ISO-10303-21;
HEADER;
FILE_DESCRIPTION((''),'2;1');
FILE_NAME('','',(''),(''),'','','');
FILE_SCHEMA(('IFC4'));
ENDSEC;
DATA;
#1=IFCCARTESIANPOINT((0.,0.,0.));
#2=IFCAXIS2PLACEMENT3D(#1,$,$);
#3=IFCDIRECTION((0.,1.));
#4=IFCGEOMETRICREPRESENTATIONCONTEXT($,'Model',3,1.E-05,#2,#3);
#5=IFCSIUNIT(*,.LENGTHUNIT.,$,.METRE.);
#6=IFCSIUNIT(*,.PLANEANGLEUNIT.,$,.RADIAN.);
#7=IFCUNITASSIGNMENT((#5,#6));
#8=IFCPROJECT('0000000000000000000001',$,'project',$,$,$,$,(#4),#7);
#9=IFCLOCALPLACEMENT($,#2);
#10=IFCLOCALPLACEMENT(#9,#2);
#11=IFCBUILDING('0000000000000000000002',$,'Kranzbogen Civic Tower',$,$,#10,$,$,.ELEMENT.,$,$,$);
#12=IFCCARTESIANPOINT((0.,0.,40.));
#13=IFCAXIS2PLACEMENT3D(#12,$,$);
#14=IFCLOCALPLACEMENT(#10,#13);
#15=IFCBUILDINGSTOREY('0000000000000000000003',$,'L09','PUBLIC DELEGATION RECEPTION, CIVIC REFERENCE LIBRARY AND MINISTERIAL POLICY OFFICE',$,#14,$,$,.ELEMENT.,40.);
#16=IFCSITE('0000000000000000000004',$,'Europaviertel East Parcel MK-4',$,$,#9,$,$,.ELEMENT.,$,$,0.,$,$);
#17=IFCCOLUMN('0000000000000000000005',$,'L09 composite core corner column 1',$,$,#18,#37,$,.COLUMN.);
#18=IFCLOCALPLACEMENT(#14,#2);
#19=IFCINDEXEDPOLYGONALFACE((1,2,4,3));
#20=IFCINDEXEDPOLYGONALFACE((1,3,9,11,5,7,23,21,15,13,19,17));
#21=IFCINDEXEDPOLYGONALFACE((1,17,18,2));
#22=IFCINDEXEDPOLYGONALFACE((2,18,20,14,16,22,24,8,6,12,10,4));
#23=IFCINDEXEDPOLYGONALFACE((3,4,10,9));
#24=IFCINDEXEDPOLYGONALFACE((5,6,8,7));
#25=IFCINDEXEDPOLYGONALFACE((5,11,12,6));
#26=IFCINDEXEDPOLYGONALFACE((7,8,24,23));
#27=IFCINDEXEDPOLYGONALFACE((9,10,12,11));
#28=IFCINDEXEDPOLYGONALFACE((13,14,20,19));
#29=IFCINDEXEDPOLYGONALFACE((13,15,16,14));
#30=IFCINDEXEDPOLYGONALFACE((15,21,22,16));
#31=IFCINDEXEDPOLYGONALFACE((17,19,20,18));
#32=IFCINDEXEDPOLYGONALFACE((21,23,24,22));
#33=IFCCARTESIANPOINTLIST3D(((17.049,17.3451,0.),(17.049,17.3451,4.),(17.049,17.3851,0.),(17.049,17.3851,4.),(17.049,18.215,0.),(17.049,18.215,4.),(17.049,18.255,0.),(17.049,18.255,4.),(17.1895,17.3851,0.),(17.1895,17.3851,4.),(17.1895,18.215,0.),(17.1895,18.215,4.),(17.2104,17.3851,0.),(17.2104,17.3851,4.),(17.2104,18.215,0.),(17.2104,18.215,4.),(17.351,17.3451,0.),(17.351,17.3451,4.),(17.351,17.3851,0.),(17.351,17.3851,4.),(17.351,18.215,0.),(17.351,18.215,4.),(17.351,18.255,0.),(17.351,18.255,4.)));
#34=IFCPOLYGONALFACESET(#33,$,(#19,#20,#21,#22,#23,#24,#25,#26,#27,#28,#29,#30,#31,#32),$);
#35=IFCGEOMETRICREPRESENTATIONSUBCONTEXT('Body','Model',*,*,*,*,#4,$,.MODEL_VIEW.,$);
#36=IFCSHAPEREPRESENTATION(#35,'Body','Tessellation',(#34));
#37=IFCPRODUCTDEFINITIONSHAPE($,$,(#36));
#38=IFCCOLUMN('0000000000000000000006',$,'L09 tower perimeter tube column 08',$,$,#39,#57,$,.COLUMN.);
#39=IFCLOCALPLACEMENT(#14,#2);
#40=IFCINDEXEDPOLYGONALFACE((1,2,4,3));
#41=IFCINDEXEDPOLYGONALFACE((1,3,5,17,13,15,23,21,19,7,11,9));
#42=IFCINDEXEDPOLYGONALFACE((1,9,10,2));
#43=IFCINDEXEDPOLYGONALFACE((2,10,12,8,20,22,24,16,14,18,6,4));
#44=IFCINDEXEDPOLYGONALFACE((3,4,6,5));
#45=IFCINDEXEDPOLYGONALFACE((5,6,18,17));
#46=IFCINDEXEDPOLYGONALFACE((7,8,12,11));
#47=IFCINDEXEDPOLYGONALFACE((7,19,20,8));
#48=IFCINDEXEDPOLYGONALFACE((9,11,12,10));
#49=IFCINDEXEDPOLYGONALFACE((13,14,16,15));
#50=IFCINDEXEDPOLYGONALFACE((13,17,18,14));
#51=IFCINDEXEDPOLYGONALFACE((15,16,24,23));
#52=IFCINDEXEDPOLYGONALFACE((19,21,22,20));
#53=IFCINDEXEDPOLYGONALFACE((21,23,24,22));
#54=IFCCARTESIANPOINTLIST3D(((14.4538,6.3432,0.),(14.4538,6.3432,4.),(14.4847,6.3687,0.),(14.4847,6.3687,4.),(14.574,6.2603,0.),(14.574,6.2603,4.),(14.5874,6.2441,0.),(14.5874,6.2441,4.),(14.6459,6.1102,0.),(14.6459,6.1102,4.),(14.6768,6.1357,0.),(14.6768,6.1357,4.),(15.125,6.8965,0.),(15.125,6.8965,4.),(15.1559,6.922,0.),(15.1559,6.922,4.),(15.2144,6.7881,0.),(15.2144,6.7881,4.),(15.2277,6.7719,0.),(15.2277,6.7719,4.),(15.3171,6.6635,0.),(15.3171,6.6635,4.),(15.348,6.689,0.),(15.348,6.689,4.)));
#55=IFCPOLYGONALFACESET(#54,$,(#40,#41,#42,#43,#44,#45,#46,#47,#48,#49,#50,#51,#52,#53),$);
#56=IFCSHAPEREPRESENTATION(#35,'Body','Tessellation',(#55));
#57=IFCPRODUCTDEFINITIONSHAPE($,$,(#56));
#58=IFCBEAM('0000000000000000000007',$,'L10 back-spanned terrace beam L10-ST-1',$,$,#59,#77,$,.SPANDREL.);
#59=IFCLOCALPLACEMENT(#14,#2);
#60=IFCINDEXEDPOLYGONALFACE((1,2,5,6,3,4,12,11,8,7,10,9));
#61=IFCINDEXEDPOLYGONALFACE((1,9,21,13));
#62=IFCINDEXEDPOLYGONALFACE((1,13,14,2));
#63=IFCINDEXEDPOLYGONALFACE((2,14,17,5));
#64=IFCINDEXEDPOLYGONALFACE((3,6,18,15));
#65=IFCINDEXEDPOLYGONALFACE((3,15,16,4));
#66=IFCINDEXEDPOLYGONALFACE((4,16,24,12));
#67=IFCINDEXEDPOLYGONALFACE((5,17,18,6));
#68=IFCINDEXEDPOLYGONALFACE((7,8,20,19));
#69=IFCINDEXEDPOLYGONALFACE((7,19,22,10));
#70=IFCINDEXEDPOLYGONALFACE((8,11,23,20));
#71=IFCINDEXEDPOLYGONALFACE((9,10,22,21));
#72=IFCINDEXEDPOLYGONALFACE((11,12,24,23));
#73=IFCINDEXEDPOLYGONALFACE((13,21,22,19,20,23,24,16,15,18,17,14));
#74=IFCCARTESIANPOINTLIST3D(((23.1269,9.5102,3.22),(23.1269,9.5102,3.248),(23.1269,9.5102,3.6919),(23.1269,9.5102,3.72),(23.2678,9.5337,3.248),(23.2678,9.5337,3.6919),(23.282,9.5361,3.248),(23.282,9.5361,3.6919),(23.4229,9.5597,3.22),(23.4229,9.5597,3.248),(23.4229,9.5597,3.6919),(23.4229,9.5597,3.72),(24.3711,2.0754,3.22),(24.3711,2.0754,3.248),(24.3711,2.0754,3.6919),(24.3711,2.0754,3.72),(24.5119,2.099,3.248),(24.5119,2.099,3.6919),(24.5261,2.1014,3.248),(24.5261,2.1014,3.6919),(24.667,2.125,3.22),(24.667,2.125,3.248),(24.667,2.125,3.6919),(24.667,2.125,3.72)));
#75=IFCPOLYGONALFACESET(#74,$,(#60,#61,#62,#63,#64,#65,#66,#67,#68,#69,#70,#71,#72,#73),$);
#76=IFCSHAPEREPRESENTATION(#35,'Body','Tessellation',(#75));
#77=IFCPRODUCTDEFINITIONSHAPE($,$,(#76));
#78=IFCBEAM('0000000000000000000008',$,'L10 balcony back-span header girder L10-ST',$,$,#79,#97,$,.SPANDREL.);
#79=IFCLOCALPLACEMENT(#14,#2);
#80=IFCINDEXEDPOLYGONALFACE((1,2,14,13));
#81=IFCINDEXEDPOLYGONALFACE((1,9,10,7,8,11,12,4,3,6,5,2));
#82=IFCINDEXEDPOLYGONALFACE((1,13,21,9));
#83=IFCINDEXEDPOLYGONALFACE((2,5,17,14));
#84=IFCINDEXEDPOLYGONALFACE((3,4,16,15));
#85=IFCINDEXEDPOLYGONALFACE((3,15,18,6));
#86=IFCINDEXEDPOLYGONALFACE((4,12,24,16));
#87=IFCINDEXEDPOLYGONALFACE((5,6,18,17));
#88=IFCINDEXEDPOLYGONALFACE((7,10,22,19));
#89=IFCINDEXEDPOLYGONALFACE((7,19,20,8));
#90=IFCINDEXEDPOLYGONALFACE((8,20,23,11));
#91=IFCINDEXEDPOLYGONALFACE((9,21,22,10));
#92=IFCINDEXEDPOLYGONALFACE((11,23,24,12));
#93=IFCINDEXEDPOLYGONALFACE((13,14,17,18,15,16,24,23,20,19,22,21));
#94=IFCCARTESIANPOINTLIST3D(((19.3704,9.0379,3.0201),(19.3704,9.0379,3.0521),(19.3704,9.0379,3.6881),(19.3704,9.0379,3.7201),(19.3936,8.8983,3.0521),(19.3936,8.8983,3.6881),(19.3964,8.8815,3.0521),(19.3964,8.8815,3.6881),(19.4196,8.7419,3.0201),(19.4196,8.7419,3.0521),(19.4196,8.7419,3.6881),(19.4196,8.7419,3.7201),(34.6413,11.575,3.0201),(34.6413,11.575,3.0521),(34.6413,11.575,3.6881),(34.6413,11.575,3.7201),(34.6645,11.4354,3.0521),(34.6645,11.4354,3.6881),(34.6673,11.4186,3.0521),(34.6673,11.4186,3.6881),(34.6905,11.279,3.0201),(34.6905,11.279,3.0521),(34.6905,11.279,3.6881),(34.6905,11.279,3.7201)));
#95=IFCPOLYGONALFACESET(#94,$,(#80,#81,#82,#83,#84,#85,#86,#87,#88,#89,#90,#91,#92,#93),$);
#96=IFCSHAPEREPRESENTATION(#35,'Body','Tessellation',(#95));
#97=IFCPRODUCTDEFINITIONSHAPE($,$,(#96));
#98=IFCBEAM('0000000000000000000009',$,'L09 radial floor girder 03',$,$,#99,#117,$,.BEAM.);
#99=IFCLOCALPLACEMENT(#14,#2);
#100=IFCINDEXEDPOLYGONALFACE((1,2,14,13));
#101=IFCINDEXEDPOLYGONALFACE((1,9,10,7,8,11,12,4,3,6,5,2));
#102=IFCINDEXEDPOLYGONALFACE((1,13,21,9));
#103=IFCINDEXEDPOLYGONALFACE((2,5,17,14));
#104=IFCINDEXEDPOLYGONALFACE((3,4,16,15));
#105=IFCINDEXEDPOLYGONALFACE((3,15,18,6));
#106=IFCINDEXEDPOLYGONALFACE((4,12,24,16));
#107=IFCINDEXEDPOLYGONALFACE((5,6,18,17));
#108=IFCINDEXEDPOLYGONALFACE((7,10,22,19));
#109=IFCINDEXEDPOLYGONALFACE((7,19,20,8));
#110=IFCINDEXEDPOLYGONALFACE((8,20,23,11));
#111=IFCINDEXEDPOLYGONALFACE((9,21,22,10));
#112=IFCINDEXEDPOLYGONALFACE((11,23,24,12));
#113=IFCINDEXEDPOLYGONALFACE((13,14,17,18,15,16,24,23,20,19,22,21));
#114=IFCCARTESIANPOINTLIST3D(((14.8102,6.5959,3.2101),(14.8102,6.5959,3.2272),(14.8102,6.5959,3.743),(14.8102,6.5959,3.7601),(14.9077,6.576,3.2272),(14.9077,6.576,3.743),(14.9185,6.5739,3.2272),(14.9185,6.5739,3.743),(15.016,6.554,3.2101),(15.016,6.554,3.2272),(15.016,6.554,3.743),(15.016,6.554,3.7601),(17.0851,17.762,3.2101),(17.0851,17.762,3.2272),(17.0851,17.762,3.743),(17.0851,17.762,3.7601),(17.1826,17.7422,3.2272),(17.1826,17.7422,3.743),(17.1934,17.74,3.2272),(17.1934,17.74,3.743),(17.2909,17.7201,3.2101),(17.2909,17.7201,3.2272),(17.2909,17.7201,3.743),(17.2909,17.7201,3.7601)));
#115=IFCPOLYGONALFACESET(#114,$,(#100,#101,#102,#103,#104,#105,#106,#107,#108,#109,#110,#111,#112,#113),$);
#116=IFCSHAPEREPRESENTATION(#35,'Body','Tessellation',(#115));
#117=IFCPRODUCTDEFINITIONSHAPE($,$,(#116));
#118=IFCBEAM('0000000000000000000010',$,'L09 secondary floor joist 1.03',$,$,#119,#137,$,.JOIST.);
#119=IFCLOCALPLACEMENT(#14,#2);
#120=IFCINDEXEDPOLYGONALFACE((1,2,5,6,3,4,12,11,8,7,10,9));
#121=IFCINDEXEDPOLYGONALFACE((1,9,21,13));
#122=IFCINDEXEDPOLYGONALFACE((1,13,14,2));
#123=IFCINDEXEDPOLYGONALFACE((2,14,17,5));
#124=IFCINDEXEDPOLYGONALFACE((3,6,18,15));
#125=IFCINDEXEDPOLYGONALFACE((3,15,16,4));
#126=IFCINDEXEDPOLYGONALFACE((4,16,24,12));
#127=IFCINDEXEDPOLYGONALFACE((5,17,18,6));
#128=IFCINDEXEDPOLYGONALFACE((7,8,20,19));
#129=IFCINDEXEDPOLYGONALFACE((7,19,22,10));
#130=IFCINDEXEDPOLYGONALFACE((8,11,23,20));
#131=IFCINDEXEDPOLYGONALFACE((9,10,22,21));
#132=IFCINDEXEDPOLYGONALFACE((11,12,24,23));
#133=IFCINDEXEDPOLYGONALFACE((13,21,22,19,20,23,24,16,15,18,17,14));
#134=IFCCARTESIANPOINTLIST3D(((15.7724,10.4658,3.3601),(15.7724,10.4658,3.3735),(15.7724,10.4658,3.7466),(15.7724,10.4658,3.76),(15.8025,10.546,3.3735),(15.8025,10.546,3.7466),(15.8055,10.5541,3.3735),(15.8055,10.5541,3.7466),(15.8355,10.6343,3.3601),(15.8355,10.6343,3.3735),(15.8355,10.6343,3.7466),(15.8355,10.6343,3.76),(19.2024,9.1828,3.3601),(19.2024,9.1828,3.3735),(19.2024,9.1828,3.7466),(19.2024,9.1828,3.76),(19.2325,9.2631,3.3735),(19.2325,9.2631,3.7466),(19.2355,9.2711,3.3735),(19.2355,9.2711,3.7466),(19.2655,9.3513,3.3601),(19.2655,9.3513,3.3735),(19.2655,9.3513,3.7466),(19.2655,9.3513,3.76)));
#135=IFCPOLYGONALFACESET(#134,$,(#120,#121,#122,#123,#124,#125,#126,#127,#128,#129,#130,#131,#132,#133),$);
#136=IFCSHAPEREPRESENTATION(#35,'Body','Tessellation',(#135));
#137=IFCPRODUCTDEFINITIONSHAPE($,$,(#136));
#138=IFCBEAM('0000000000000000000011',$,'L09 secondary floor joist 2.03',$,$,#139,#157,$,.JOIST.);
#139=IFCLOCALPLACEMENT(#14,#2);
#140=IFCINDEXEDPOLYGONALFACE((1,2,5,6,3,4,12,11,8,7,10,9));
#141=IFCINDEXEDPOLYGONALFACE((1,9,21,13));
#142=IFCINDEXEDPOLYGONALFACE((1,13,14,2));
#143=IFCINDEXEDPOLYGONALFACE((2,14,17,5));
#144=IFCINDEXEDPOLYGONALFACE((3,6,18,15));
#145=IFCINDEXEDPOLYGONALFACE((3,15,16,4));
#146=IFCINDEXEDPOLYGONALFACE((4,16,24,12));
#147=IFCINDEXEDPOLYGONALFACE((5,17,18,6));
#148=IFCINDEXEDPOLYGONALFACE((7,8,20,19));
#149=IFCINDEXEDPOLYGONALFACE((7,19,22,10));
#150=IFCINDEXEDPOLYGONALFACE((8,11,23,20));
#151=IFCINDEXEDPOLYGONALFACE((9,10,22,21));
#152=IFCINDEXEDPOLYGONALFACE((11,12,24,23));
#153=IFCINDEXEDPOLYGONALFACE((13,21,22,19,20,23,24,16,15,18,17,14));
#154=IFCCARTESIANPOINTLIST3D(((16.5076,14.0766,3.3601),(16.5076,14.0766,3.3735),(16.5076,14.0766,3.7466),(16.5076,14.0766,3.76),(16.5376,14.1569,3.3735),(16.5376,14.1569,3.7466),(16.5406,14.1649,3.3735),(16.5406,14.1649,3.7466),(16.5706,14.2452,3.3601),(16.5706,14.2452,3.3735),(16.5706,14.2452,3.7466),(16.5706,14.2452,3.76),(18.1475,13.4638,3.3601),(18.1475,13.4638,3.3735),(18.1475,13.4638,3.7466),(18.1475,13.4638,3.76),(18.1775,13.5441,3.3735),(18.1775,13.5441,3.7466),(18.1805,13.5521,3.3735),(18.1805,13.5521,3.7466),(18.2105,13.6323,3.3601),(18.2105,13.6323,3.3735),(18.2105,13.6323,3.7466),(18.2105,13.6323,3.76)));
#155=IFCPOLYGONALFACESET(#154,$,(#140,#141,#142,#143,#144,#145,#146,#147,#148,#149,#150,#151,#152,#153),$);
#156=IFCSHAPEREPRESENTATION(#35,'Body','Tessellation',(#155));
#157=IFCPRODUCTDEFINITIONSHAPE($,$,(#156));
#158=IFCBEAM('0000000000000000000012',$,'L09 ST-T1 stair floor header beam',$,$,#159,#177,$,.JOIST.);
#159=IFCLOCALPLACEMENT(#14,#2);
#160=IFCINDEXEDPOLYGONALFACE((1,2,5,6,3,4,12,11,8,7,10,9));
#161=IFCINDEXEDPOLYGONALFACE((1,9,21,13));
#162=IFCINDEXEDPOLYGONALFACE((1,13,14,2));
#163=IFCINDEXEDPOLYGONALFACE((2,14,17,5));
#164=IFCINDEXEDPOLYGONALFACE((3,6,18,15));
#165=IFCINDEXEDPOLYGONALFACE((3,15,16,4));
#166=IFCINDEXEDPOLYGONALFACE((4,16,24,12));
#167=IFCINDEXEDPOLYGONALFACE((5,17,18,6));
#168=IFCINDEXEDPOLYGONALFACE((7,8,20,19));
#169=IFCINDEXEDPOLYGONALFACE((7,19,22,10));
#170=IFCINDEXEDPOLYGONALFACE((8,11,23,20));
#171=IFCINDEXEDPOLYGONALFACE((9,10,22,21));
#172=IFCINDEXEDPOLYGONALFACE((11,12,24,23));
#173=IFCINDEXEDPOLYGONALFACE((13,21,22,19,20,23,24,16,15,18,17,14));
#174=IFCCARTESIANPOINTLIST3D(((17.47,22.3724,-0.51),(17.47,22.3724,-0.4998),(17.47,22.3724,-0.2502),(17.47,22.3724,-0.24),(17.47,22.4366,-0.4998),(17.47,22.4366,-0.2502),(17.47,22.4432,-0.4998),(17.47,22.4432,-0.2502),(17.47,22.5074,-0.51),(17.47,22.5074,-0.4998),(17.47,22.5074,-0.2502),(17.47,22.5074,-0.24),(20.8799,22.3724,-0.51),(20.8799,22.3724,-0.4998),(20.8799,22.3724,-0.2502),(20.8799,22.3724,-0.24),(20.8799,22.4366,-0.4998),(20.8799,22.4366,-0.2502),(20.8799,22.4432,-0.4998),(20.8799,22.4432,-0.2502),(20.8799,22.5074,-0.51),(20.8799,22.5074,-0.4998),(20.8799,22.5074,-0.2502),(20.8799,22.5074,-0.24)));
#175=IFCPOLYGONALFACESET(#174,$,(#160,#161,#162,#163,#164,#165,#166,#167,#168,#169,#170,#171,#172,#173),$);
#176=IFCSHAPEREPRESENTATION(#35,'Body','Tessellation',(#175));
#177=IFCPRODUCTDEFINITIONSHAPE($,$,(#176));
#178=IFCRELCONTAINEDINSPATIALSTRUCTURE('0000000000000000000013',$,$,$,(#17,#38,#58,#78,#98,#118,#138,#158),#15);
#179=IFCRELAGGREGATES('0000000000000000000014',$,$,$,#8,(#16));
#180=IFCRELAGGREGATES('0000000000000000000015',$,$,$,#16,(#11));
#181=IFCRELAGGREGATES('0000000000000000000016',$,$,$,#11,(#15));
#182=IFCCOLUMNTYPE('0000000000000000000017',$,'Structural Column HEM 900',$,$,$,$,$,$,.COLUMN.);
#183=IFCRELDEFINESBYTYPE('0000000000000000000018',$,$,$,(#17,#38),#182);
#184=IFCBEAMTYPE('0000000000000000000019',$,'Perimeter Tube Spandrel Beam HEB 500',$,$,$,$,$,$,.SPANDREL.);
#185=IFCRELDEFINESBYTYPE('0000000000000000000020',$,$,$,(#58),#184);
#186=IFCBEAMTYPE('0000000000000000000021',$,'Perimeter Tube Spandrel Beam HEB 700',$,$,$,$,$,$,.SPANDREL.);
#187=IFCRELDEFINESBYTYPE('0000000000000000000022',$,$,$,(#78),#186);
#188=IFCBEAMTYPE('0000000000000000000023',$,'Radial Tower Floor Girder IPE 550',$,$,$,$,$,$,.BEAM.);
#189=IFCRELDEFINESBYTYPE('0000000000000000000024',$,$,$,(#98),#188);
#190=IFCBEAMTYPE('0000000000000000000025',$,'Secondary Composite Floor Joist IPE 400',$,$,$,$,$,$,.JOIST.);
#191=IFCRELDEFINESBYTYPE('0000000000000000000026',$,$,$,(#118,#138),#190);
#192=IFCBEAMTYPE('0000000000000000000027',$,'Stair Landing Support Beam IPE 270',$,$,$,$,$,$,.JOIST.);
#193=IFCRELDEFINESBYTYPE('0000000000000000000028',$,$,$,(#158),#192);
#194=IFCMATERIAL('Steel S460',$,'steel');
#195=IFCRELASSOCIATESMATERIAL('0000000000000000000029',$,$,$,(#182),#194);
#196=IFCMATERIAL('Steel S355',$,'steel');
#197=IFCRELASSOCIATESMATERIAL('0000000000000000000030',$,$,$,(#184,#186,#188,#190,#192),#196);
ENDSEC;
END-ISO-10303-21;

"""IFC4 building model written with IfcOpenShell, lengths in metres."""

from ifc_helpers import new_model, si_unit, direction, frame, origin, origin_2d, place, context, subcontext, project, spatial, i_section, extrude, material, material_profile, profile_set, type_object, element, save


model = new_model("IFC4")

# Units and contexts
model_context = context("Model", 3, precision=1e-05, world=origin(), true_north=direction((0.0, 1.0)))
body_context = subcontext(model_context, "Body", "Model", "MODEL_VIEW")
ifc_project = project(units=[si_unit("LENGTHUNIT", "METRE"), si_unit("PLANEANGLEUNIT", "RADIAN")], contexts=[model_context])

# Site, building, storey
site_placement = place(None, origin())
site = spatial("IfcSite", under=ifc_project, at=site_placement, Name="Europaviertel East Parcel MK-4", CompositionType="ELEMENT", RefElevation=0.0)
building_placement = place(site_placement, origin())
building = spatial("IfcBuilding", under=site, at=building_placement, Name="Kranzbogen Civic Tower", CompositionType="ELEMENT")
storey_placement = place(building_placement, frame((0.0, 0.0, 40.0)))
storey = spatial("IfcBuildingStorey", under=building, at=storey_placement, Name="L09", Description="PUBLIC DELEGATION RECEPTION, CIVIC REFERENCE LIBRARY AND MINISTERIAL POLICY OFFICE", CompositionType="ELEMENT", Elevation=40.0)

# Columns
ifc_material_1 = material(Name="Steel S460", Category="steel")
ifc_material_profile_1 = material_profile(ifc_material_1, i_section(OverallWidth=0.302, OverallDepth=0.9099, WebThickness=0.021, FlangeThickness=0.04, at=origin_2d()), Name="HEM 900")
ifc_profile_set_1 = profile_set([ifc_material_profile_1], Name="Steel S460")
column_type = type_object("IfcColumnType", Name="Structural Column HEM 900", PredefinedType="COLUMN", material=ifc_profile_set_1)
for number, where, z_axis, x_axis, name in (
    (1, (17.2, 17.8, 0.0), (0.0, 0.0, 1.0), (1.0, 0.0, 0.0), "L09 composite core corner column 1"),
    (2, (14.9009, 6.5161, 0.0), (0.0, 0.0, 1.0), (-0.636078, 0.771625, 0.0), "L09 tower perimeter tube column 08"),
):
    element("IfcColumn", number, at=place(storey_placement, frame(where, z_axis=z_axis, x_axis=x_axis)), inside=storey, type_object=column_type, Name=name, PredefinedType="COLUMN", context=body_context, shape_type="SweptSolid", body=[
        extrude(i_section(OverallWidth=0.302, OverallDepth=0.9099, WebThickness=0.021, FlangeThickness=0.04, at=origin_2d()), origin(), (0.0, 0.0, 1.0), 4.0),
    ])

# Beams
ifc_material_2 = material(Name="Steel S355", Category="steel")
ifc_material_profile_2 = material_profile(ifc_material_2, i_section(OverallWidth=0.3, OverallDepth=0.5, WebThickness=0.0144, FlangeThickness=0.0281, at=origin_2d()), Name="HEB 500")
ifc_profile_set_2 = profile_set([ifc_material_profile_2], Name="Steel S355")
beam_type_1 = type_object("IfcBeamType", Name="Perimeter Tube Spandrel Beam HEB 500", PredefinedType="SPANDREL", material=ifc_profile_set_2)
beam_1_placement = place(storey_placement, frame((23.2749, 9.5349, 3.47), z_axis=(0.165045, -0.986286, 0.0), x_axis=(0.986286, 0.165045, 0.0)))
element("IfcBeam", 3, at=beam_1_placement, inside=storey, type_object=beam_type_1, Name="L10 back-spanned terrace beam L10-ST-1", PredefinedType="SPANDREL", context=body_context, shape_type="SweptSolid", body=[
    extrude(i_section(OverallWidth=0.3, OverallDepth=0.5, WebThickness=0.0144, FlangeThickness=0.0281, at=origin_2d()), origin(), (0.0, 0.0, 1.0), 7.5381),
])
ifc_material_profile_3 = material_profile(ifc_material_2, i_section(OverallWidth=0.3, OverallDepth=0.7, WebThickness=0.0171, FlangeThickness=0.032, at=origin_2d()), Name="HEB 700")
ifc_profile_set_3 = profile_set([ifc_material_profile_3], Name="Steel S355")
beam_type_2 = type_object("IfcBeamType", Name="Perimeter Tube Spandrel Beam HEB 700", PredefinedType="SPANDREL", material=ifc_profile_set_3)
beam_2_placement = place(storey_placement, frame((19.395, 8.8899, 3.3701), z_axis=(0.986478, 0.163893, 0.0), x_axis=(-0.163893, 0.986478, 0.0)))
element("IfcBeam", 4, at=beam_2_placement, inside=storey, type_object=beam_type_2, Name="L10 balcony back-span header girder L10-ST", PredefinedType="SPANDREL", context=body_context, shape_type="SweptSolid", body=[
    extrude(i_section(OverallWidth=0.3, OverallDepth=0.7, WebThickness=0.0171, FlangeThickness=0.032, at=origin_2d()), origin(), (0.0, 0.0, 1.0), 15.4802),
])
ifc_material_profile_4 = material_profile(ifc_material_2, i_section(OverallWidth=0.21, OverallDepth=0.55, WebThickness=0.011, FlangeThickness=0.0171, at=origin_2d()), Name="IPE 550")
ifc_profile_set_4 = profile_set([ifc_material_profile_4], Name="Steel S355")
beam_type_3 = type_object("IfcBeamType", Name="Radial Tower Floor Girder IPE 550", PredefinedType="BEAM", material=ifc_profile_set_4)
beam_3_placement = place(storey_placement, frame((14.9131, 6.575, 3.4851), z_axis=(0.199633, 0.979871, 0.0), x_axis=(-0.979871, 0.199633, 0.0)))
element("IfcBeam", 5, at=beam_3_placement, inside=storey, type_object=beam_type_3, Name="L09 radial floor girder 03", PredefinedType="BEAM", context=body_context, shape_type="SweptSolid", body=[
    extrude(i_section(OverallWidth=0.21, OverallDepth=0.55, WebThickness=0.011, FlangeThickness=0.0171, at=origin_2d()), origin(), (0.0, 0.0, 1.0), 11.3955),
])
ifc_material_profile_5 = material_profile(ifc_material_2, i_section(OverallWidth=0.1799, OverallDepth=0.3999, WebThickness=0.0085, FlangeThickness=0.0134, at=origin_2d()), Name="IPE 400")
ifc_profile_set_5 = profile_set([ifc_material_profile_5], Name="Steel S355")
beam_type_4 = type_object("IfcBeamType", Name="Secondary Composite Floor Joist IPE 400", PredefinedType="JOIST", material=ifc_profile_set_5)
beam_4_placement = place(storey_placement, frame((15.804, 10.55, 3.5601), z_axis=(0.936622, -0.350342, 0.0), x_axis=(0.350342, 0.936622, 0.0)))
element("IfcBeam", 6, at=beam_4_placement, inside=storey, type_object=beam_type_4, Name="L09 secondary floor joist 1.03", PredefinedType="JOIST", context=body_context, shape_type="SweptSolid", body=[
    extrude(i_section(OverallWidth=0.1799, OverallDepth=0.3999, WebThickness=0.0085, FlangeThickness=0.0134, at=origin_2d()), origin(), (0.0, 0.0, 1.0), 3.6621),
])
beam_5_placement = place(storey_placement, frame((16.5391, 14.1609, 3.5601), z_axis=(0.936735, -0.350038, 0.0), x_axis=(0.350038, 0.936735, 0.0)))
element("IfcBeam", 7, at=beam_5_placement, inside=storey, type_object=beam_type_4, Name="L09 secondary floor joist 2.03", PredefinedType="JOIST", context=body_context, shape_type="SweptSolid", body=[
    extrude(i_section(OverallWidth=0.1799, OverallDepth=0.3999, WebThickness=0.0085, FlangeThickness=0.0134, at=origin_2d()), origin(), (0.0, 0.0, 1.0), 1.7507),
])
ifc_material_profile_6 = material_profile(ifc_material_2, i_section(OverallWidth=0.135, OverallDepth=0.27, WebThickness=0.0066, FlangeThickness=0.0103, at=origin_2d()), Name="IPE 270")
ifc_profile_set_6 = profile_set([ifc_material_profile_6], Name="Steel S355")
beam_type_5 = type_object("IfcBeamType", Name="Stair Landing Support Beam IPE 270", PredefinedType="JOIST", material=ifc_profile_set_6)
beam_6_placement = place(storey_placement, frame((20.8799, 22.4399, -0.375), z_axis=(-1.0, 0.0, 0.0), x_axis=(0.0, -1.0, 0.0)))
element("IfcBeam", 8, at=beam_6_placement, inside=storey, type_object=beam_type_5, Name="L09 ST-T1 stair floor header beam", PredefinedType="JOIST", context=body_context, shape_type="SweptSolid", body=[
    extrude(i_section(OverallWidth=0.135, OverallDepth=0.27, WebThickness=0.0066, FlangeThickness=0.0103, at=origin_2d()), origin(), (0.0, 0.0, 1.0), 3.4099),
])

save(model, "model.ifc")
